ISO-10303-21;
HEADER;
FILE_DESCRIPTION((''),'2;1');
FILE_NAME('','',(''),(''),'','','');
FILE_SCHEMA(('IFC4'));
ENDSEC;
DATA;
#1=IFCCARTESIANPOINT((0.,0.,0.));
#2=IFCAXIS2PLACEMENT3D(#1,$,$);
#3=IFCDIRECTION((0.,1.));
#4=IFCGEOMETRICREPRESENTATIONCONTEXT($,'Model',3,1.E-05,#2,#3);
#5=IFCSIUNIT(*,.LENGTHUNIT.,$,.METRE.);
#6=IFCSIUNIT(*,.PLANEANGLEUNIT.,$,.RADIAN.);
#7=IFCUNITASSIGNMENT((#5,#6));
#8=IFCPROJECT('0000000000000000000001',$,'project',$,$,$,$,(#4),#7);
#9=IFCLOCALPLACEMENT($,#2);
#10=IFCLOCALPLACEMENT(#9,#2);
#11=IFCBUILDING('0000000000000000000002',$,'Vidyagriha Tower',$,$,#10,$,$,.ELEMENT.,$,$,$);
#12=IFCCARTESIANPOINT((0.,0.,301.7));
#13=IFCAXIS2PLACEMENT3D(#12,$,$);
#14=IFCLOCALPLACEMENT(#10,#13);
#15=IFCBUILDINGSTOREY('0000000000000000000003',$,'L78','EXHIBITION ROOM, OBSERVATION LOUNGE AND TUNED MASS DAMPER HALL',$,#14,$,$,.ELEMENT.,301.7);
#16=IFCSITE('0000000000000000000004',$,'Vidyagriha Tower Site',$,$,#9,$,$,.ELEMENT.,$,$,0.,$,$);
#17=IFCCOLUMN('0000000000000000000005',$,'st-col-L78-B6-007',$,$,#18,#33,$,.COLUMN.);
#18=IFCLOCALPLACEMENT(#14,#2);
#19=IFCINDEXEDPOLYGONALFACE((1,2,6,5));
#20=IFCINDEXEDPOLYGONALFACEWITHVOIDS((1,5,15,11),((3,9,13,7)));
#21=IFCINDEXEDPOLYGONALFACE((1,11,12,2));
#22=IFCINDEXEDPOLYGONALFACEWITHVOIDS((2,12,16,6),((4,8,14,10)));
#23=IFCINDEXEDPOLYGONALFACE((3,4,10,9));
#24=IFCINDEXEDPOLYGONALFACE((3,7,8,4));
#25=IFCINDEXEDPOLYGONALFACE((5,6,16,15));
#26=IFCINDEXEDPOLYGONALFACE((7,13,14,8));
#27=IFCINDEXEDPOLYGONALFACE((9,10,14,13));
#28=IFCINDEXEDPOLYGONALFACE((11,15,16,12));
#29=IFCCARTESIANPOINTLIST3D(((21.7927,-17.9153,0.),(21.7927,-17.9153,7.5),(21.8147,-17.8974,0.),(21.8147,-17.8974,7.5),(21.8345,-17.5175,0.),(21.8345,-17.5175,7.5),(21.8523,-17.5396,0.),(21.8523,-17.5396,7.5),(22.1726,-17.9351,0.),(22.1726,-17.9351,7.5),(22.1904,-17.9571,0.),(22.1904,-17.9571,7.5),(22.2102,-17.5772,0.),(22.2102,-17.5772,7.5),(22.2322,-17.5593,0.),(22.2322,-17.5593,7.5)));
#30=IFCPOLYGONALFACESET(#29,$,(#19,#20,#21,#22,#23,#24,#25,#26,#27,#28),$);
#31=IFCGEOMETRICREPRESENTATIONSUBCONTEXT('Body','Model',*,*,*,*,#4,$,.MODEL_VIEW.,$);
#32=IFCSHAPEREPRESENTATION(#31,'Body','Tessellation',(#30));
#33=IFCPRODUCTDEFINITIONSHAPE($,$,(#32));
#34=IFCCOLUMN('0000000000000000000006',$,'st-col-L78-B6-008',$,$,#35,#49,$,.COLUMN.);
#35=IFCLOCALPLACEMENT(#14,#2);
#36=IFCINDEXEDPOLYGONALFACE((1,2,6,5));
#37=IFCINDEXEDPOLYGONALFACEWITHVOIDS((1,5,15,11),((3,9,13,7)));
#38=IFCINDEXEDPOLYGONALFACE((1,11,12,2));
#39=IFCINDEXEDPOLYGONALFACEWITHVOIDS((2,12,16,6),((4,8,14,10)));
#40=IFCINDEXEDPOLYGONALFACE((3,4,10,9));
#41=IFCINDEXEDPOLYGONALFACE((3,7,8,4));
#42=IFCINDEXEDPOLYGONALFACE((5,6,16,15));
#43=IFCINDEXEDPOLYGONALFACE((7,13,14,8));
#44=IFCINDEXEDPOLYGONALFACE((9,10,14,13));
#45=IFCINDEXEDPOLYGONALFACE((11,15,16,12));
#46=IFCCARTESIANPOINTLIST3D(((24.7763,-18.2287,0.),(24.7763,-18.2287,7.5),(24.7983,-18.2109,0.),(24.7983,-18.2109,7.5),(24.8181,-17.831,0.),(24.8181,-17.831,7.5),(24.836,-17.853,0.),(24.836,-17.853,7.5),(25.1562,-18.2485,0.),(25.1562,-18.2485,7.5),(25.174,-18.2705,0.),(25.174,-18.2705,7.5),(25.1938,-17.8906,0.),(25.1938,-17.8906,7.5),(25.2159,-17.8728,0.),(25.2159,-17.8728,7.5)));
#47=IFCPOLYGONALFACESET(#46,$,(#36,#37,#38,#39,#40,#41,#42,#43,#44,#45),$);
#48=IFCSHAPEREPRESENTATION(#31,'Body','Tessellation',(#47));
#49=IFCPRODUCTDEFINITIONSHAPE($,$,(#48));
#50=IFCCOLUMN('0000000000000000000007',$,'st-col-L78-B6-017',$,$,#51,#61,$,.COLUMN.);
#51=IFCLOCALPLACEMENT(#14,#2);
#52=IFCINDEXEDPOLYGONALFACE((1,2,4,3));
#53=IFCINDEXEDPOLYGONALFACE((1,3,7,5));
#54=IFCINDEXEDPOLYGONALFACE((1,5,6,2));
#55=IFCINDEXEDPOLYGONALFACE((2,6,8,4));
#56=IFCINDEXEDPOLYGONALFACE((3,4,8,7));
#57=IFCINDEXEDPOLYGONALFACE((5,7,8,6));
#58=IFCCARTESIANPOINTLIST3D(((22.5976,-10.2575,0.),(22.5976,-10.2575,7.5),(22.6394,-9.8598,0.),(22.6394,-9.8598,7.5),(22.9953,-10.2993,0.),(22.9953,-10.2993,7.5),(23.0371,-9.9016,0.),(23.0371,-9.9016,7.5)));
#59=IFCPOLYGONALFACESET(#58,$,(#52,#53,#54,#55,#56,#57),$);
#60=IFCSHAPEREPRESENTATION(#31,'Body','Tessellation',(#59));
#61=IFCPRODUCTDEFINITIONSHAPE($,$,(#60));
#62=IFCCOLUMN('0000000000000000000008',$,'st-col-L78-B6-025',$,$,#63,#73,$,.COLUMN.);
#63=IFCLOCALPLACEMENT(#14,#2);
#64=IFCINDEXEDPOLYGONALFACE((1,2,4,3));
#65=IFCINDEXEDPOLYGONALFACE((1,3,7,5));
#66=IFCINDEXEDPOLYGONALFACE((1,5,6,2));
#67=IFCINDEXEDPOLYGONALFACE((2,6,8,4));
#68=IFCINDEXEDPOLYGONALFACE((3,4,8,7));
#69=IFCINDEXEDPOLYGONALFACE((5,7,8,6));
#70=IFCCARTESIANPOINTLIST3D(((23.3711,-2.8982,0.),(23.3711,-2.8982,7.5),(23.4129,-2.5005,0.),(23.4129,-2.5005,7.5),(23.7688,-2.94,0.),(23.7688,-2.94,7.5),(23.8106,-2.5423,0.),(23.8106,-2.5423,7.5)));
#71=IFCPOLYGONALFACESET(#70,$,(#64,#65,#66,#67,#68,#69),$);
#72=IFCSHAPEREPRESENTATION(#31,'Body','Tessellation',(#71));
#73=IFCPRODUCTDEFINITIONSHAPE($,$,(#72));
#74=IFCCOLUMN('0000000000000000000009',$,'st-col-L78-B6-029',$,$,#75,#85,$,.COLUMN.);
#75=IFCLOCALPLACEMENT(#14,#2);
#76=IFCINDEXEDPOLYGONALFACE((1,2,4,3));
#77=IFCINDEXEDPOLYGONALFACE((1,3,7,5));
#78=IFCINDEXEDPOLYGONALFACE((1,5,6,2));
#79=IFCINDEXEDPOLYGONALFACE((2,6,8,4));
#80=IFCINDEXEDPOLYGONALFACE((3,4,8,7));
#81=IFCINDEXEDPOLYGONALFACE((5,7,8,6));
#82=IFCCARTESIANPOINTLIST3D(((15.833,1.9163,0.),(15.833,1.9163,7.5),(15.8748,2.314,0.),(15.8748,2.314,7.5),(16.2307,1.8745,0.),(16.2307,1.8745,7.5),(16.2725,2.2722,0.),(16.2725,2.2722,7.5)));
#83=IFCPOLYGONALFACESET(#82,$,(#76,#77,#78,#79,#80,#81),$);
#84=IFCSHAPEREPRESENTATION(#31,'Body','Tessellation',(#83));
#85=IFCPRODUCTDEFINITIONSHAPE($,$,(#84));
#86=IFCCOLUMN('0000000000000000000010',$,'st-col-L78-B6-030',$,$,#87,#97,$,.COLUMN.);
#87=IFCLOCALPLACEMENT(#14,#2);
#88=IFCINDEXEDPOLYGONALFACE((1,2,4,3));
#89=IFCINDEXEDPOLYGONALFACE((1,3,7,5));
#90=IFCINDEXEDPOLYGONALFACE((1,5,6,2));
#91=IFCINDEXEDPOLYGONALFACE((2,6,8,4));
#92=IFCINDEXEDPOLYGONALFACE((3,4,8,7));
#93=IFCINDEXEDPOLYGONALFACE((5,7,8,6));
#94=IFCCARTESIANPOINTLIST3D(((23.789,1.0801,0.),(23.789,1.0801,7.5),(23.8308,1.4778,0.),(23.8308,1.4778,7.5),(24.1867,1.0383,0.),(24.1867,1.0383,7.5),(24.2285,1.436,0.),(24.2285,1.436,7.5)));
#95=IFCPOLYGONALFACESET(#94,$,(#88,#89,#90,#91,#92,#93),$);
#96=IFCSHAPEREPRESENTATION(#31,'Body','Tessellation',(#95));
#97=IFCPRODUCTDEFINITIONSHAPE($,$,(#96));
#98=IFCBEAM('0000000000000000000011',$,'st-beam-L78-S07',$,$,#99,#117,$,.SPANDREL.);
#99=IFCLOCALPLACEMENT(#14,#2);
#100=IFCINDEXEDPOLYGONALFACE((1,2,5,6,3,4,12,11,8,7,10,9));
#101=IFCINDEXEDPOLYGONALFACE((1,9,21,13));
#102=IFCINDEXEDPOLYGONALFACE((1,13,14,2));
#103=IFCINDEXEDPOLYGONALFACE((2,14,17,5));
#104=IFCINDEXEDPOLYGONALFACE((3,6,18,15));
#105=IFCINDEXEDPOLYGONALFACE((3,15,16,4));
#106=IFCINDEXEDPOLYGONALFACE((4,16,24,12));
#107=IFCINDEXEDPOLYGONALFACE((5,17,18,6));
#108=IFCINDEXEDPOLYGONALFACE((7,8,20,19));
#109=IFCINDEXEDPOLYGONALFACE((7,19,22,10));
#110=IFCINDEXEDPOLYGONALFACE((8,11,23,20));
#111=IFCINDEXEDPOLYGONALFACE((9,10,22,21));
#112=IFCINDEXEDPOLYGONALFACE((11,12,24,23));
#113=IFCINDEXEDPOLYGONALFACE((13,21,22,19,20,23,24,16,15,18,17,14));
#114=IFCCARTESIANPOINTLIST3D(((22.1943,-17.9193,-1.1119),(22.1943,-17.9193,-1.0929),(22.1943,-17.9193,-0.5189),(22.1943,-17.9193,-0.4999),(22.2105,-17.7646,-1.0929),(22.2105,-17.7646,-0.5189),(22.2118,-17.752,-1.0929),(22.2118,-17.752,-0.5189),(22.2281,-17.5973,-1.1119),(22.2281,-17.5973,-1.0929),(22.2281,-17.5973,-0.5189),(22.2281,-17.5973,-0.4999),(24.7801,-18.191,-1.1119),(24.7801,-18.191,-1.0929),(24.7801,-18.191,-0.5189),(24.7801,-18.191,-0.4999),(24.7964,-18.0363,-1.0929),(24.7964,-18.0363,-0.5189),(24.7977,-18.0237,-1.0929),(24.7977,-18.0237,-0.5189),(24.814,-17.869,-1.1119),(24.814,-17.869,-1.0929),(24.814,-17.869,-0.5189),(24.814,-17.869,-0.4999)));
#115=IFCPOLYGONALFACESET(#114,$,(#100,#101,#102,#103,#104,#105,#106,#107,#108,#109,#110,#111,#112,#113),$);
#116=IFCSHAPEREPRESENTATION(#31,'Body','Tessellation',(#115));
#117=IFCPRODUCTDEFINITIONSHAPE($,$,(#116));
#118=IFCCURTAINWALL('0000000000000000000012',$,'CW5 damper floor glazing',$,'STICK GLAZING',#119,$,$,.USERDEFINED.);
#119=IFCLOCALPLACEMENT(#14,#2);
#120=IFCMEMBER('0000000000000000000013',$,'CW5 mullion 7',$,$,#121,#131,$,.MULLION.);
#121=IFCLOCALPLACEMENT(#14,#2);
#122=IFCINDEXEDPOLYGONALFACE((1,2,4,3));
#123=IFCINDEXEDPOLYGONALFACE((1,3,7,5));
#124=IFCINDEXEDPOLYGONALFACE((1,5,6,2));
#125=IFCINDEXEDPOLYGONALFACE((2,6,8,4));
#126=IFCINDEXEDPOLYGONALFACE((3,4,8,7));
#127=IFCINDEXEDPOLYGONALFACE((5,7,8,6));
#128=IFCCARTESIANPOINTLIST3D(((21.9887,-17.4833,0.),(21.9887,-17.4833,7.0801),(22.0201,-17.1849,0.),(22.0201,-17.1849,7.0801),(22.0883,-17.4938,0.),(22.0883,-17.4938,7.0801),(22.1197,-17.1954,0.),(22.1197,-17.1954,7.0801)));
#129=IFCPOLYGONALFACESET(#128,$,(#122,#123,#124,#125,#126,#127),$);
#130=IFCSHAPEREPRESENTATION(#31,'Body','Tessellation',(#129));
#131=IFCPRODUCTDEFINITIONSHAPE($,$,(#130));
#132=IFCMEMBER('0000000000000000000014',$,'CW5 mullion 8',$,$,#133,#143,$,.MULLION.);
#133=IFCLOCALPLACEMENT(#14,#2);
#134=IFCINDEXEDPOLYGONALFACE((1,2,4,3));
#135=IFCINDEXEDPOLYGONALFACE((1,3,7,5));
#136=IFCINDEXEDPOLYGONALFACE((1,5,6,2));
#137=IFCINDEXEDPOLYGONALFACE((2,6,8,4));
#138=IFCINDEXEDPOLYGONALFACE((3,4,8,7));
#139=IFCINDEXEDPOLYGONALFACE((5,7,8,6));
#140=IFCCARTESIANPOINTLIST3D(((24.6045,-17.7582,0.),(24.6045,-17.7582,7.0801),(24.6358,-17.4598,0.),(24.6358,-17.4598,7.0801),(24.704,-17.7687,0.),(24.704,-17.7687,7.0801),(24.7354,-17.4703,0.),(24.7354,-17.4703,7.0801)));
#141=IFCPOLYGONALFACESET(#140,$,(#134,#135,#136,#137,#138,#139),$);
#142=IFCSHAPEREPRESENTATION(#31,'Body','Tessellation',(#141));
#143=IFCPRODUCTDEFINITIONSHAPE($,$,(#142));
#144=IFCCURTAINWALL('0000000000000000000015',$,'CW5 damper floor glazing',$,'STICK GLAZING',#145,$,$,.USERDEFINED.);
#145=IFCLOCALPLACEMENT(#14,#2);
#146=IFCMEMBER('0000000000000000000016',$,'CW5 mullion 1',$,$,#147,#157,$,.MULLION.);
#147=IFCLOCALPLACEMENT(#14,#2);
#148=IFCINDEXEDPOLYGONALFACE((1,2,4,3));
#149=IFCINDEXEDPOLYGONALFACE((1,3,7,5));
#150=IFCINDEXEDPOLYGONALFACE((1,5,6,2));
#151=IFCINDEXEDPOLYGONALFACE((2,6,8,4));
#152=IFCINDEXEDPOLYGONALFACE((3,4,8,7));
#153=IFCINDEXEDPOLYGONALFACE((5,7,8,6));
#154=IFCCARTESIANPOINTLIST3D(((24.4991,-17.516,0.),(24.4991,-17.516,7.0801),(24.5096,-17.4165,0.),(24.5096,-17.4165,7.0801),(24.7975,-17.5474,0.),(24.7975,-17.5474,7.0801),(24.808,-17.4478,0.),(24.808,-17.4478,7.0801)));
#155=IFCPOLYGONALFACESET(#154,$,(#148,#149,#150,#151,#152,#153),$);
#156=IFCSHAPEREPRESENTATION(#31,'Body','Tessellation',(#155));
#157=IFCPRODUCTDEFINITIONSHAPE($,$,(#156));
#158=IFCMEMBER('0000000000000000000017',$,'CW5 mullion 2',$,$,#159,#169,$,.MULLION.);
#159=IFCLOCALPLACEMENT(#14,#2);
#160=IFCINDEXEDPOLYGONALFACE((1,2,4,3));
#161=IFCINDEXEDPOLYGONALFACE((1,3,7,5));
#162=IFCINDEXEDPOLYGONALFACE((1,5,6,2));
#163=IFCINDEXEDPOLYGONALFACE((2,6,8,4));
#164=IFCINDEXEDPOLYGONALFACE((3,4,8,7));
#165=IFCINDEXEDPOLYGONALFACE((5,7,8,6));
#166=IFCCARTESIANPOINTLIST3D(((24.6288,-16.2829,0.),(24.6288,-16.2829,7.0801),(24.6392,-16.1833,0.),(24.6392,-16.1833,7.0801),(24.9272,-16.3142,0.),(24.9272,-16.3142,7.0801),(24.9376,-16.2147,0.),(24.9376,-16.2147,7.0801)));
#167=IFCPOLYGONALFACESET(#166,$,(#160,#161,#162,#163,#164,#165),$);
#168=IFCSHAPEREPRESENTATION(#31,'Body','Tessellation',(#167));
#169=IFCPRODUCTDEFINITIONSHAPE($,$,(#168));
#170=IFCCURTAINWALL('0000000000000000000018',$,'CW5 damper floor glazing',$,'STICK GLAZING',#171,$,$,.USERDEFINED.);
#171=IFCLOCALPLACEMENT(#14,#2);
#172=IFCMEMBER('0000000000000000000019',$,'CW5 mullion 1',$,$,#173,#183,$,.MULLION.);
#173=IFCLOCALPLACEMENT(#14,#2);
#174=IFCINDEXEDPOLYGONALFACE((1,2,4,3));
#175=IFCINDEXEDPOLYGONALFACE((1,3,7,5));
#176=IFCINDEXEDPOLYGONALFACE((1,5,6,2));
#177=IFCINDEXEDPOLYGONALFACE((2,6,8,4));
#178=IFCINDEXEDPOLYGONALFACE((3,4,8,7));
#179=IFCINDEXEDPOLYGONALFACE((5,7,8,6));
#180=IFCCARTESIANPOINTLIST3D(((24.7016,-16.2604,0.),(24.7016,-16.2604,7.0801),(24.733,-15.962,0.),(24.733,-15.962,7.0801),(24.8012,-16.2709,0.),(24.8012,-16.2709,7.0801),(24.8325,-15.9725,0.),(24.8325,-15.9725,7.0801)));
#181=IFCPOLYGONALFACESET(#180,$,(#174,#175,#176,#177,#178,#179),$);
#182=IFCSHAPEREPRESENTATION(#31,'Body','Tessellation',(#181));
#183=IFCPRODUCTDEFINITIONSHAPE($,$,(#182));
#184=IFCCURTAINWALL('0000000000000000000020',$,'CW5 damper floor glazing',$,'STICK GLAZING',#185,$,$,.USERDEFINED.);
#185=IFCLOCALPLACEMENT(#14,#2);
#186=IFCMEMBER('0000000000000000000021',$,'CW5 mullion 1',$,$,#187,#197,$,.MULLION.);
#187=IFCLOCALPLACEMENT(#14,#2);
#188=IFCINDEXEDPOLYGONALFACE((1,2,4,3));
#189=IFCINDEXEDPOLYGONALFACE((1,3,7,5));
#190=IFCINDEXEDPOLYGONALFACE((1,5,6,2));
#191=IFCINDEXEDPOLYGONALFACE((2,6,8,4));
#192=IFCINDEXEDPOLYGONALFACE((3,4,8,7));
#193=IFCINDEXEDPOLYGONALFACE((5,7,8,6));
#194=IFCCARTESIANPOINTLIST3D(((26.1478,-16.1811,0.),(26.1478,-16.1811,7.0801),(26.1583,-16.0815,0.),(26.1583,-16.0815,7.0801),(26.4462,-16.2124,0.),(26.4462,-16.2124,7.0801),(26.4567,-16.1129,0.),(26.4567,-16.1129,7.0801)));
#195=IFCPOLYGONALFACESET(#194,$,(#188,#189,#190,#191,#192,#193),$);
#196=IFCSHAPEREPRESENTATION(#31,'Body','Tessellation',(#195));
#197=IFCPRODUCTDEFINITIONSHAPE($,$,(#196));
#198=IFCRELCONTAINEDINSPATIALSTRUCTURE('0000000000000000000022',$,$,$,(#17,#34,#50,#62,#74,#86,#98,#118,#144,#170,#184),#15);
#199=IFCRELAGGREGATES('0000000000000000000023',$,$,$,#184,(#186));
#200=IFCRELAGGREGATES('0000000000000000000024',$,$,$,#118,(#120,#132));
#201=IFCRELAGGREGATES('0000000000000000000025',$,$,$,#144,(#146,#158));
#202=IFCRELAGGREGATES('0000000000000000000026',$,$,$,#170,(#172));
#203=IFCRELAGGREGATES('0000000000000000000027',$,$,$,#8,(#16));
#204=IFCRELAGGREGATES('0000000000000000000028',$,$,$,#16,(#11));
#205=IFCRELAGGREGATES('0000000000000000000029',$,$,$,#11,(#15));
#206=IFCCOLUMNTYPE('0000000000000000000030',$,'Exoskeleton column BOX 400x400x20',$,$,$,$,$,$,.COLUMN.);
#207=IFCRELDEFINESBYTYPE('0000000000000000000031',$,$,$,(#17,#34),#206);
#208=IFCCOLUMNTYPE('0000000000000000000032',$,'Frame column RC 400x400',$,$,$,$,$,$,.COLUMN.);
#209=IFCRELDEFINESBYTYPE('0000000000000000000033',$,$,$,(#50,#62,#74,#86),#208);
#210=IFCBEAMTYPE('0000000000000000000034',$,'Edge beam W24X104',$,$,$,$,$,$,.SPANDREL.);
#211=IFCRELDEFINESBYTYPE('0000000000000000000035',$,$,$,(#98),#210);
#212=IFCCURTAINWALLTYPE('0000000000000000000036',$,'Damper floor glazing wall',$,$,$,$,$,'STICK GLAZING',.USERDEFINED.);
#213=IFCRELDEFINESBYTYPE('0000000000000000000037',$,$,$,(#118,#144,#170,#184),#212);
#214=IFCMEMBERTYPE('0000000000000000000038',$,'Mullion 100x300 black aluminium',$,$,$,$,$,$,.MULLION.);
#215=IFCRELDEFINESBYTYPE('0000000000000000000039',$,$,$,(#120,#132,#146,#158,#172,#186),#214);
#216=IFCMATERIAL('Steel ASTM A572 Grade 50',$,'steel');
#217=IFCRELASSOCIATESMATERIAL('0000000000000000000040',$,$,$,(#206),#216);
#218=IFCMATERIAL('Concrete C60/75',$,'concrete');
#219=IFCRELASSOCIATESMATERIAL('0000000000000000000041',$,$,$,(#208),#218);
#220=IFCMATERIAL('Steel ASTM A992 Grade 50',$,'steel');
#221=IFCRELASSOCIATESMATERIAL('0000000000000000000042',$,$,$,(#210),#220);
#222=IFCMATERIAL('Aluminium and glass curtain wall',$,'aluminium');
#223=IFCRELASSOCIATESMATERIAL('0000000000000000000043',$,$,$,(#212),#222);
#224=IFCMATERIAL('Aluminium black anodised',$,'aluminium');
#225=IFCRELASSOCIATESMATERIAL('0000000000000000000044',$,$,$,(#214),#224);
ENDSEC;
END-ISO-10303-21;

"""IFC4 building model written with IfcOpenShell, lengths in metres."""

from ifc_helpers import new_model, si_unit, direction, frame, origin, origin_2d, place, context, subcontext, project, spatial, rectangle, hollow_rectangle, i_section, extrude, material, material_profile, profile_set, type_object, element, aggregate, save


model = new_model("IFC4")

# Units and contexts
model_context = context("Model", 3, precision=1e-05, world=origin(), true_north=direction((0.0, 1.0)))
body_context = subcontext(model_context, "Body", "Model", "MODEL_VIEW")
ifc_project = project(units=[si_unit("LENGTHUNIT", "METRE"), si_unit("PLANEANGLEUNIT", "RADIAN")], contexts=[model_context])

# Site, building, storey
site_placement = place(None, origin())
site = spatial("IfcSite", under=ifc_project, at=site_placement, Name="Vidyagriha Tower Site", CompositionType="ELEMENT", RefElevation=0.0)
building_placement = place(site_placement, origin())
building = spatial("IfcBuilding", under=site, at=building_placement, Name="Vidyagriha Tower", CompositionType="ELEMENT")
storey_placement = place(building_placement, frame((0.0, 0.0, 301.7)))
storey = spatial("IfcBuildingStorey", under=building, at=storey_placement, Name="L78", Description="EXHIBITION ROOM, OBSERVATION LOUNGE AND TUNED MASS DAMPER HALL", CompositionType="ELEMENT", Elevation=301.7)

# Columns
ifc_material_1 = material(Name="Steel ASTM A572 Grade 50", Category="steel")
ifc_material_profile_1 = material_profile(ifc_material_1, hollow_rectangle(XDim=0.3999, YDim=0.3999, WallThickness=0.02, at=origin_2d()), Name="BOX 400x400x20")
ifc_profile_set_1 = profile_set([ifc_material_profile_1], Name="Steel ASTM A572 Grade 50")
column_type_1 = type_object("IfcColumnType", Name="Exoskeleton column BOX 400x400x20", PredefinedType="COLUMN", material=ifc_profile_set_1)
for number, where, z_axis, x_axis, name in (
    (1, (22.0125, -17.7373, 0.0), (0.0, 0.0, 1.0), (0.994522, -0.104528, 0.0), "st-col-L78-B6-007"),
    (2, (24.9961, -18.0508, 0.0), (0.0, 0.0, 1.0), (0.994522, -0.104528, 0.0), "st-col-L78-B6-008"),
):
    element("IfcColumn", number, at=place(storey_placement, frame(where, z_axis=z_axis, x_axis=x_axis)), inside=storey, type_object=column_type_1, Name=name, PredefinedType="COLUMN", context=body_context, shape_type="SweptSolid", body=[
        extrude(hollow_rectangle(XDim=0.3999, YDim=0.3999, WallThickness=0.02, at=origin_2d()), origin(), (0.0, 0.0, 1.0), 7.5),
    ])
ifc_material_2 = material(Name="Concrete C60/75", Category="concrete")
ifc_material_profile_2 = material_profile(ifc_material_2, rectangle(XDim=0.3999, YDim=0.3999, at=origin_2d()), Name="RC 400x400")
ifc_profile_set_2 = profile_set([ifc_material_profile_2], Name="Concrete C60/75")
column_type_2 = type_object("IfcColumnType", Name="Frame column RC 400x400", PredefinedType="COLUMN", material=ifc_profile_set_2)
for number, where, z_axis, x_axis, name in (
    (3, (22.8174, -10.0796, 0.0), (0.0, 0.0, 1.0), (0.994522, -0.104528, 0.0), "st-col-L78-B6-017"),
    (4, (23.5908, -2.7202, 0.0), (0.0, 0.0, 1.0), (0.994522, -0.104528, 0.0), "st-col-L78-B6-025"),
    (5, (16.0527, 2.0942, 0.0), (0.0, 0.0, 1.0), (0.994522, -0.104528, 0.0), "st-col-L78-B6-029"),
    (6, (24.0088, 1.2581, 0.0), (0.0, 0.0, 1.0), (0.994522, -0.104528, 0.0), "st-col-L78-B6-030"),
):
    element("IfcColumn", number, at=place(storey_placement, frame(where, z_axis=z_axis, x_axis=x_axis)), inside=storey, type_object=column_type_2, Name=name, PredefinedType="COLUMN", context=body_context, shape_type="SweptSolid", body=[
        extrude(rectangle(XDim=0.3999, YDim=0.3999, at=origin_2d()), origin(), (0.0, 0.0, 1.0), 7.5),
    ])

# Beam
ifc_material_3 = material(Name="Steel ASTM A992 Grade 50", Category="steel")
ifc_material_profile_3 = material_profile(ifc_material_3, i_section(OverallWidth=0.3237, OverallDepth=0.6121, WebThickness=0.0127, FlangeThickness=0.019, at=origin_2d()), Name="W24X104")
ifc_profile_set_3 = profile_set([ifc_material_profile_3], Name="Steel ASTM A992 Grade 50")
beam_type = type_object("IfcBeamType", Name="Edge beam W24X104", PredefinedType="SPANDREL", material=ifc_profile_set_3)
beam_placement = place(storey_placement, frame((22.2112, -17.7583, -0.8059), z_axis=(0.994524, -0.104504, 0.0), x_axis=(0.104504, 0.994524, 0.0)))
element("IfcBeam", 7, at=beam_placement, inside=storey, type_object=beam_type, Name="st-beam-L78-S07", PredefinedType="SPANDREL", context=body_context, shape_type="SweptSolid", body=[
    extrude(i_section(OverallWidth=0.3237, OverallDepth=0.6121, WebThickness=0.0127, FlangeThickness=0.019, at=origin_2d()), origin(), (0.0, 0.0, 1.0), 2.6001),
])

# Curtain walls, members
ifc_material_4 = material(Name="Aluminium and glass curtain wall", Category="aluminium")
curtain_wall_type = type_object("IfcCurtainWallType", Name="Damper floor glazing wall", ElementType="STICK GLAZING", PredefinedType="USERDEFINED", material=ifc_material_4)
curtain_wall_1_placement = place(storey_placement, origin())
curtain_wall_1 = element("IfcCurtainWall", 8, at=curtain_wall_1_placement, inside=storey, type_object=curtain_wall_type, Name="CW5 damper floor glazing", ObjectType="STICK GLAZING", PredefinedType="USERDEFINED")
ifc_material_5 = material(Name="Aluminium black anodised", Category="aluminium")
ifc_material_profile_4 = material_profile(ifc_material_5, rectangle(XDim=0.3, YDim=0.1001, at=origin_2d()), Name="Mullion 100x300 black aluminium")
ifc_profile_set_4 = profile_set([ifc_material_profile_4], Name="Aluminium black anodised")
member_type_1 = type_object("IfcMemberType", Name="Mullion 100x300 black aluminium", PredefinedType="MULLION", material=ifc_profile_set_4)
member_1_placement = place(storey_placement, frame((22.0542, -17.3394, 0.0), z_axis=(0.0, 0.0, 1.0), x_axis=(0.104528, 0.994522, 0.0)))
member_1 = element("IfcMember", 9, at=member_1_placement, type_object=member_type_1, Name="CW5 mullion 7", PredefinedType="MULLION", context=body_context, shape_type="SweptSolid", body=[
    extrude(rectangle(XDim=0.3, YDim=0.1001, at=origin_2d()), origin(), (0.0, 0.0, 1.0), 7.0801),
])
member_2_placement = place(storey_placement, frame((24.6699, -17.6143, 0.0), z_axis=(0.0, 0.0, 1.0), x_axis=(0.104528, 0.994522, 0.0)))
member_2 = element("IfcMember", 10, at=member_2_placement, type_object=member_type_1, Name="CW5 mullion 8", PredefinedType="MULLION", context=body_context, shape_type="SweptSolid", body=[
    extrude(rectangle(XDim=0.3, YDim=0.1001, at=origin_2d()), origin(), (0.0, 0.0, 1.0), 7.0801),
])
curtain_wall_2_placement = place(storey_placement, origin())
curtain_wall_2 = element("IfcCurtainWall", 11, at=curtain_wall_2_placement, inside=storey, type_object=curtain_wall_type, Name="CW5 damper floor glazing", ObjectType="STICK GLAZING", PredefinedType="USERDEFINED")
member_3_placement = place(storey_placement, frame((24.6536, -17.4819, 0.0), z_axis=(0.0, 0.0, 1.0), x_axis=(-0.994519, 0.104557, 0.0)))
member_3 = element("IfcMember", 12, at=member_3_placement, type_object=member_type_1, Name="CW5 mullion 1", PredefinedType="MULLION", context=body_context, shape_type="SweptSolid", body=[
    extrude(rectangle(XDim=0.3, YDim=0.1001, at=origin_2d()), origin(), (0.0, 0.0, 1.0), 7.0801),
])
member_4_placement = place(storey_placement, frame((24.7832, -16.2488, 0.0), z_axis=(0.0, 0.0, 1.0), x_axis=(-0.994519, 0.104557, 0.0)))
member_4 = element("IfcMember", 13, at=member_4_placement, type_object=member_type_1, Name="CW5 mullion 2", PredefinedType="MULLION", context=body_context, shape_type="SweptSolid", body=[
    extrude(rectangle(XDim=0.3, YDim=0.1001, at=origin_2d()), origin(), (0.0, 0.0, 1.0), 7.0801),
])

# Curtain walls, members
curtain_wall_3_placement = place(storey_placement, origin())
curtain_wall_3 = element("IfcCurtainWall", 14, at=curtain_wall_3_placement, inside=storey, type_object=curtain_wall_type, Name="CW5 damper floor glazing", ObjectType="STICK GLAZING", PredefinedType="USERDEFINED")
member_5_placement = place(storey_placement, frame((24.7671, -16.1165, 0.0), z_axis=(0.0, 0.0, 1.0), x_axis=(0.104519, 0.994523, 0.0)))
member_5 = element("IfcMember", 15, at=member_5_placement, type_object=member_type_1, Name="CW5 mullion 1", PredefinedType="MULLION", context=body_context, shape_type="SweptSolid", body=[
    extrude(rectangle(XDim=0.3, YDim=0.1001, at=origin_2d()), origin(), (0.0, 0.0, 1.0), 7.0801),
])
curtain_wall_4_placement = place(storey_placement, origin())
curtain_wall_4 = element("IfcCurtainWall", 16, at=curtain_wall_4_placement, inside=storey, type_object=curtain_wall_type, Name="CW5 damper floor glazing", ObjectType="STICK GLAZING", PredefinedType="USERDEFINED")
member_6_placement = place(storey_placement, frame((26.3022, -16.147, 0.0), z_axis=(0.0, 0.0, 1.0), x_axis=(-0.99452, 0.104549, 0.0)))
member_6 = element("IfcMember", 17, at=member_6_placement, type_object=member_type_1, Name="CW5 mullion 1", PredefinedType="MULLION", context=body_context, shape_type="SweptSolid", body=[
    extrude(rectangle(XDim=0.3, YDim=0.1001, at=origin_2d()), origin(), (0.0, 0.0, 1.0), 7.0801),
])

aggregate(curtain_wall_4, [member_6])

aggregate(curtain_wall_1, [member_1, member_2])
aggregate(curtain_wall_2, [member_3, member_4])
aggregate(curtain_wall_3, [member_5])

save(model, "model.ifc")
